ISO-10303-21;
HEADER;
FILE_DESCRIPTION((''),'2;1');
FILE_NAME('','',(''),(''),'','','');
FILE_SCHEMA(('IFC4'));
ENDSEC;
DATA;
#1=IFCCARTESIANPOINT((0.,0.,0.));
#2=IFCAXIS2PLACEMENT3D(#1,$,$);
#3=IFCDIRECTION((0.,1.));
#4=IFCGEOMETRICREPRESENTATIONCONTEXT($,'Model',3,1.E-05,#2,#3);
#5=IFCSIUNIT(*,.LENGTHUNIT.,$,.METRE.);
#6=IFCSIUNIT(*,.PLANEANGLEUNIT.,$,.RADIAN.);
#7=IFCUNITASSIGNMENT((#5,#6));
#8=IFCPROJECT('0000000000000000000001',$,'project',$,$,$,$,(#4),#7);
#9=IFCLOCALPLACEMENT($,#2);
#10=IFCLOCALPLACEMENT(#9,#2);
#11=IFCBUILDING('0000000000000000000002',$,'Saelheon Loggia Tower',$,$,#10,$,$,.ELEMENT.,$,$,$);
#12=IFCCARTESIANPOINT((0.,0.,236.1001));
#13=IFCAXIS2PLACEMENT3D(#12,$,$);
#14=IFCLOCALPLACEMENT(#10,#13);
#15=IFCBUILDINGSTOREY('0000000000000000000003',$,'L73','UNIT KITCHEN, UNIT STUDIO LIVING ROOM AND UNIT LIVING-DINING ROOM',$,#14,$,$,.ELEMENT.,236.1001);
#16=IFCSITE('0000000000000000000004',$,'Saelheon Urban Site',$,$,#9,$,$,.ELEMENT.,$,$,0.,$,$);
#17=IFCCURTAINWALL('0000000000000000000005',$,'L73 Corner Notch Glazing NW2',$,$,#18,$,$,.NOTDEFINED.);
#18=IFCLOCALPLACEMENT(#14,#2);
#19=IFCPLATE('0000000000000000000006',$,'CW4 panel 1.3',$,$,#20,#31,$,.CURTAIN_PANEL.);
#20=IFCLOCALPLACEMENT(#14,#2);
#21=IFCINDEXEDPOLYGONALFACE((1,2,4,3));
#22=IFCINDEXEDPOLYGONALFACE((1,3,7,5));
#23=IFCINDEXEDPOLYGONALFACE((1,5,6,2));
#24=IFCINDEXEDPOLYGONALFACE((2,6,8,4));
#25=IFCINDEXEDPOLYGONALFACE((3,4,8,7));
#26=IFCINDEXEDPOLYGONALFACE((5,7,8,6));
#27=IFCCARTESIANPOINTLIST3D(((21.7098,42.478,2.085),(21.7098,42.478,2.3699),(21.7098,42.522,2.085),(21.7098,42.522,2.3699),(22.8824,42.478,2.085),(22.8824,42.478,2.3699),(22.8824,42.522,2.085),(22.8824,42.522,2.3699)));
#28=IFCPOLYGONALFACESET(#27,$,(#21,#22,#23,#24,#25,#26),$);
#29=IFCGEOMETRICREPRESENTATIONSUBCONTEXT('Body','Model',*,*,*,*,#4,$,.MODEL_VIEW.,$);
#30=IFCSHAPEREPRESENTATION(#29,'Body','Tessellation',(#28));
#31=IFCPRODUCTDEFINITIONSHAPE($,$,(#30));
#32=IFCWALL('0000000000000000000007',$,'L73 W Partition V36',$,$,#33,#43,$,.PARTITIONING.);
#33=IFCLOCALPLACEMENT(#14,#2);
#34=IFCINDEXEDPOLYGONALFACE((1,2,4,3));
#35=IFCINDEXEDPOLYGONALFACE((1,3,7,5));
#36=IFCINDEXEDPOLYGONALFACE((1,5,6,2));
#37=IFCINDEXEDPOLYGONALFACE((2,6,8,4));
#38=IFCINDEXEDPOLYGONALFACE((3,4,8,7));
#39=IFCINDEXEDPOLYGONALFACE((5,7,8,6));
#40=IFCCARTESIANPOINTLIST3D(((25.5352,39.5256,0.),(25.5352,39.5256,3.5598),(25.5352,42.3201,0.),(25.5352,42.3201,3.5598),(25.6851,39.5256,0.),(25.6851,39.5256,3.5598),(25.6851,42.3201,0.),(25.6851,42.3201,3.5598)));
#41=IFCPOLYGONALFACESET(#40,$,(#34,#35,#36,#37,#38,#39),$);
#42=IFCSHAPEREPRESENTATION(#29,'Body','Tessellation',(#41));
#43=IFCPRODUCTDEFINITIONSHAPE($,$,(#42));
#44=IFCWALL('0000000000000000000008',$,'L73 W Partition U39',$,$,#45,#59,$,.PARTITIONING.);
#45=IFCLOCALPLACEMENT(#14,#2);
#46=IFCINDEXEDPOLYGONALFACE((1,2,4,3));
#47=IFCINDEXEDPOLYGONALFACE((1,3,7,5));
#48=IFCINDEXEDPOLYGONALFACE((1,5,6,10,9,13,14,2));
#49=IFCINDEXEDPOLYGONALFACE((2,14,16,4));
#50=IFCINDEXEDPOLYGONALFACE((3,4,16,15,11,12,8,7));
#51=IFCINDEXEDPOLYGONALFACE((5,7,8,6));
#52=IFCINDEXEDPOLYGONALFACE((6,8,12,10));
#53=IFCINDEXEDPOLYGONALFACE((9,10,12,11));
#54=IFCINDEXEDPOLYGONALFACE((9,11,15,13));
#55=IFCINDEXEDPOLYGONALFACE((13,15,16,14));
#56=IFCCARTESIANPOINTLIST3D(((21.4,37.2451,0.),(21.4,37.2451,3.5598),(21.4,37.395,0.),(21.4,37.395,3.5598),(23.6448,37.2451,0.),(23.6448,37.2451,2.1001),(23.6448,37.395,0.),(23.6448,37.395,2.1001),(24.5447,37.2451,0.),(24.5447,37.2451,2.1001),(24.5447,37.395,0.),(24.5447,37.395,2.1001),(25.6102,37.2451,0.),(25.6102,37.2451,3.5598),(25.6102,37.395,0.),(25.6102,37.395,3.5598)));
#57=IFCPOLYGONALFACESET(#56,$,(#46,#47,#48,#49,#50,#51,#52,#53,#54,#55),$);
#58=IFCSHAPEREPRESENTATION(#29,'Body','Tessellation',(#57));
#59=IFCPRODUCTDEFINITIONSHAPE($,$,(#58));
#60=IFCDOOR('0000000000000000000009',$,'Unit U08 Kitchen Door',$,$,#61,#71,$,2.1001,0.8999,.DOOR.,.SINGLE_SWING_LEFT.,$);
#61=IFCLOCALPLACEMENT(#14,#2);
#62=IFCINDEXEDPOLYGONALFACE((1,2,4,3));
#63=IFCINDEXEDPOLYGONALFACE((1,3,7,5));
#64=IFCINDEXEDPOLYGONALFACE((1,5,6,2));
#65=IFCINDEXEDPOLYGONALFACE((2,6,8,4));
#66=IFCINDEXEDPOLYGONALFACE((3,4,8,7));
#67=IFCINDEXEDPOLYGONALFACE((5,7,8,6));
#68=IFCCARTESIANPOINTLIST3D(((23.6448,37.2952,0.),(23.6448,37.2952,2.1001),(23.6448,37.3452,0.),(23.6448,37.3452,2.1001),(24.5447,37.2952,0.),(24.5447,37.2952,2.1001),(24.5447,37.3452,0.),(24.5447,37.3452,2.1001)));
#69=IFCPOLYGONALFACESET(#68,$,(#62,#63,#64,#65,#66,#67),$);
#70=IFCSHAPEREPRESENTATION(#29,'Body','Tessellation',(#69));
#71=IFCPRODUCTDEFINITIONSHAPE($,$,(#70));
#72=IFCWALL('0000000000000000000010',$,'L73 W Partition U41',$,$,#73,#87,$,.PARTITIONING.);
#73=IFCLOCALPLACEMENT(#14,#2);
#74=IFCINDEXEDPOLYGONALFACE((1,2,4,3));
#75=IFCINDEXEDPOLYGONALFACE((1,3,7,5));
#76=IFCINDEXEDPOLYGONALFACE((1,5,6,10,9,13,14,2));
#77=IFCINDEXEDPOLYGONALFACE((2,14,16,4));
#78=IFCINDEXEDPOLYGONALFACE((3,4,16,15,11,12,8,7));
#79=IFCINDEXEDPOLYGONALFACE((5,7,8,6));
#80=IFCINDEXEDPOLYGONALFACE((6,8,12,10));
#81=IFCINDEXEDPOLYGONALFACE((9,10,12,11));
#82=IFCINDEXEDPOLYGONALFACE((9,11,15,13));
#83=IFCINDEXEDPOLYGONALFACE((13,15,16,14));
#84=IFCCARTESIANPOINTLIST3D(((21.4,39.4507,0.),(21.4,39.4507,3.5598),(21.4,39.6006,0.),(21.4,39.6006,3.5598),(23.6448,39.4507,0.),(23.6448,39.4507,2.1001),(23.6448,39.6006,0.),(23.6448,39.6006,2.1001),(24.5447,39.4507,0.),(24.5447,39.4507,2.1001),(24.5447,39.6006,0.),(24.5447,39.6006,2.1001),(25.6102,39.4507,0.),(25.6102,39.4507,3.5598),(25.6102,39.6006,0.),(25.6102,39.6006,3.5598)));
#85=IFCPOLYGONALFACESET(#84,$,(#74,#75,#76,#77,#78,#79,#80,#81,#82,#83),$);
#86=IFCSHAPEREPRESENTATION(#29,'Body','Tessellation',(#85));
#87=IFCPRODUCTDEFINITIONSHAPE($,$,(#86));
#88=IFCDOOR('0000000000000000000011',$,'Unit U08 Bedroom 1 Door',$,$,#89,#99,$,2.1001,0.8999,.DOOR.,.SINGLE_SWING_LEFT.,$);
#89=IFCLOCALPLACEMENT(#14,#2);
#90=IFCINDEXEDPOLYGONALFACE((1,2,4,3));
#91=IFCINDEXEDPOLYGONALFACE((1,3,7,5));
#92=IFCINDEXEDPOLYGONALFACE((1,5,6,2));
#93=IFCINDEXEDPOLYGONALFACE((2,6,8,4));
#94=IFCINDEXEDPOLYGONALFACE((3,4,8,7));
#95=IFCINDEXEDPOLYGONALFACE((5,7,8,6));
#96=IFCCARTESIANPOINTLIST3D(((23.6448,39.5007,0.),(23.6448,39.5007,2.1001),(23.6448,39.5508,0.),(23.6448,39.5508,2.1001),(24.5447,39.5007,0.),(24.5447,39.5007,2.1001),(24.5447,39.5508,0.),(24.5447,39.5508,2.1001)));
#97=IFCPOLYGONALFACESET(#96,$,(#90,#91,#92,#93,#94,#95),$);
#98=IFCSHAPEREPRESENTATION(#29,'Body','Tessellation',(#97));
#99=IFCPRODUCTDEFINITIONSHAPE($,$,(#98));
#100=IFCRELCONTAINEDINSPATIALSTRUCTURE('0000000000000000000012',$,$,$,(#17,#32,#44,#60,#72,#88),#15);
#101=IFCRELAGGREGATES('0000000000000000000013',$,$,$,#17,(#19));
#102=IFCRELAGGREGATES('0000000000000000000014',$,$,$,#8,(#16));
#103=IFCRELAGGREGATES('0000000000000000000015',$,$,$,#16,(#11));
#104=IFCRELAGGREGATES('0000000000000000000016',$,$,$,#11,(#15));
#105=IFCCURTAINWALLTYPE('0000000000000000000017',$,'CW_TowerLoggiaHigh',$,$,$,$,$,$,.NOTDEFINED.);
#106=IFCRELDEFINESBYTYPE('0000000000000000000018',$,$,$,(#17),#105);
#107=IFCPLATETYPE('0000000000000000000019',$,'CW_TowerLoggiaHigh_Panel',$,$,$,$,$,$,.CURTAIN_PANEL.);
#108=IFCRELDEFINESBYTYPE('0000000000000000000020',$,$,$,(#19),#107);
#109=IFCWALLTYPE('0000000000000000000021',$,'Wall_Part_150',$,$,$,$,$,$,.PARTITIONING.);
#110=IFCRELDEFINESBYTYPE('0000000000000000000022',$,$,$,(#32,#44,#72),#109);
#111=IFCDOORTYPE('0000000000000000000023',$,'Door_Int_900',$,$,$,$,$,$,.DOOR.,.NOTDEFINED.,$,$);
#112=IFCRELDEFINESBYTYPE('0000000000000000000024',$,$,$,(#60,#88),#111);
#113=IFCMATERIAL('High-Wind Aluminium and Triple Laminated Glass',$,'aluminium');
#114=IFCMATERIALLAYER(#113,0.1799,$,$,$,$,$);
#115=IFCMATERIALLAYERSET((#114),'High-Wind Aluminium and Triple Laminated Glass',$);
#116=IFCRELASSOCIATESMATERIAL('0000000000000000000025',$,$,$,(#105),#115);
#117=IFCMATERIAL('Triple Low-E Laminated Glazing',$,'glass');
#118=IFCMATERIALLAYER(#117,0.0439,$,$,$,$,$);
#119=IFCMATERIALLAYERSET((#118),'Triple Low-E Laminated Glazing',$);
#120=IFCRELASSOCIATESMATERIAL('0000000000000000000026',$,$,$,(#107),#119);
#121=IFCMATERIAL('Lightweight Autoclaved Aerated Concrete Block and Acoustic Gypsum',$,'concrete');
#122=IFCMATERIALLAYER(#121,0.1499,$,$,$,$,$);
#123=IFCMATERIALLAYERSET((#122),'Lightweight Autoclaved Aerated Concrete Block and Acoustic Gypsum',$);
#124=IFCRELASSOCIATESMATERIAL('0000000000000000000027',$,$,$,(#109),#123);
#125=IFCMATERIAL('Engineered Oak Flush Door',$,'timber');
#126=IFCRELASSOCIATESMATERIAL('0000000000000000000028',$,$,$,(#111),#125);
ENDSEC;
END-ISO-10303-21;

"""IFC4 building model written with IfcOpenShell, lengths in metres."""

from ifc_helpers import new_model, si_unit, direction, frame, frame_2d, origin, origin_2d, place, context, subcontext, project, spatial, rectangle, extrude, source, transform, mapped, material, layer, layer_set, type_object, element, fill, aggregate, save


model = new_model("IFC4")

# Units and contexts
model_context = context("Model", 3, precision=1e-05, world=origin(), true_north=direction((0.0, 1.0)))
body_context = subcontext(model_context, "Body", "Model", "MODEL_VIEW")
ifc_project = project(units=[si_unit("LENGTHUNIT", "METRE"), si_unit("PLANEANGLEUNIT", "RADIAN")], contexts=[model_context])

# Site, building, storey
site_placement = place(None, origin())
site = spatial("IfcSite", under=ifc_project, at=site_placement, Name="Saelheon Urban Site", CompositionType="ELEMENT", RefElevation=0.0)
building_placement = place(site_placement, origin())
building = spatial("IfcBuilding", under=site, at=building_placement, Name="Saelheon Loggia Tower", CompositionType="ELEMENT")
storey_placement = place(building_placement, frame((0.0, 0.0, 236.1001)))
storey = spatial("IfcBuildingStorey", under=building, at=storey_placement, Name="L73", Description="UNIT KITCHEN, UNIT STUDIO LIVING ROOM AND UNIT LIVING-DINING ROOM", CompositionType="ELEMENT", Elevation=236.1001)

# Curtain wall, plate
ifc_material_1 = material(Name="High-Wind Aluminium and Triple Laminated Glass", Category="aluminium")
ifc_layer_1 = layer(ifc_material_1, 0.1799)
ifc_layer_set_1 = layer_set([ifc_layer_1], Name="High-Wind Aluminium and Triple Laminated Glass")
curtain_wall_type = type_object("IfcCurtainWallType", Name="CW_TowerLoggiaHigh", PredefinedType="NOTDEFINED", material=ifc_layer_set_1)
curtain_wall_placement = place(storey_placement, origin())
curtain_wall = element("IfcCurtainWall", 1, at=curtain_wall_placement, inside=storey, type_object=curtain_wall_type, Name="L73 Corner Notch Glazing NW2", PredefinedType="NOTDEFINED")
ifc_material_2 = material(Name="Triple Low-E Laminated Glazing", Category="glass")
ifc_layer_2 = layer(ifc_material_2, 0.0439)
ifc_layer_set_2 = layer_set([ifc_layer_2], Name="Triple Low-E Laminated Glazing")
plate_type = type_object("IfcPlateType", Name="CW_TowerLoggiaHigh_Panel", PredefinedType="CURTAIN_PANEL", material=ifc_layer_set_2)
shared_shape_1 = source(origin(), body_context, "Body", "SweptSolid", [
    extrude(rectangle(XDim=1.1726, YDim=0.0439, at=origin_2d()), origin(), (0.0, 0.0, 1.0), 0.2849),
])
plate_1_placement = place(storey_placement, frame((22.2961, 42.5, 2.085), z_axis=(0.0, 0.0, 1.0), x_axis=(1.0, 0.0, 0.0)))
plate_1 = element("IfcPlate", 2, at=plate_1_placement, type_object=plate_type, Name="CW4 panel 1.3", PredefinedType="CURTAIN_PANEL", context=body_context, shape_type="MappedRepresentation", body=[
    mapped(shared_shape_1, transform((0.0, 0.0, 0.0), scale=1.0)),
])
aggregate(curtain_wall, [plate_1])

# Wall
ifc_material_3 = material(Name="Lightweight Autoclaved Aerated Concrete Block and Acoustic Gypsum", Category="concrete")
ifc_layer_3 = layer(ifc_material_3, 0.1499)
ifc_layer_set_3 = layer_set([ifc_layer_3], Name="Lightweight Autoclaved Aerated Concrete Block and Acoustic Gypsum")
wall_type = type_object("IfcWallType", Name="Wall_Part_150", PredefinedType="PARTITIONING", material=ifc_layer_set_3)
wall_1_placement = place(storey_placement, frame((25.6101, 39.5256, 0.0), z_axis=(0.0, 0.0, 1.0), x_axis=(0.0, 1.0, 0.0)))
element("IfcWall", 3, at=wall_1_placement, inside=storey, type_object=wall_type, Name="L73 W Partition V36", PredefinedType="PARTITIONING", context=body_context, shape_type="SweptSolid", body=[
    extrude(rectangle(XDim=2.7944, YDim=0.1499, at=frame_2d((1.3972, 0.0))), origin(), (0.0, 0.0, 1.0), 3.5598),
])

# Walls, openings, doors
wall_2_placement = place(storey_placement, frame((25.6101, 37.3201, 0.0), z_axis=(0.0, 0.0, 1.0), x_axis=(-1.0, 0.0, 0.0)))
wall_2 = element("IfcWall", 4, at=wall_2_placement, inside=storey, type_object=wall_type, Name="L73 W Partition U39", PredefinedType="PARTITIONING", context=body_context, shape_type="SweptSolid", body=[
    extrude(rectangle(XDim=4.2102, YDim=0.1499, at=frame_2d((2.105, 0.0))), origin(), (0.0, 0.0, 1.0), 3.5598),
])
opening_1_placement = place(wall_2_placement, frame((1.0654, 0.0, 0.0)))
opening_1 = element("IfcOpeningElement", 5, at=opening_1_placement, cuts=wall_2, PredefinedType="OPENING", context=body_context, shape_type="SweptSolid", body=[
    extrude(rectangle(XDim=0.8999, YDim=2.1001, at=frame_2d((0.45, 1.05))), frame((0.0, 0.0869, 0.0), z_axis=(0.0, -1.0, 0.0), x_axis=(1.0, 0.0, 0.0)), (0.0, 0.0, 1.0), 0.1738),
])
ifc_material_4 = material(Name="Engineered Oak Flush Door", Category="timber")
door_type = type_object("IfcDoorType", Name="Door_Int_900", OperationType="NOTDEFINED", PredefinedType="DOOR", material=ifc_material_4)
shared_shape_2 = source(origin(), body_context, "Body", "SweptSolid", [
    extrude(rectangle(XDim=0.8999, YDim=2.1001, at=frame_2d((0.45, 1.05))), frame((0.0, 0.0249, 0.0), z_axis=(0.0, -1.0, 0.0), x_axis=(1.0, 0.0, 0.0)), (0.0, 0.0, 1.0), 0.05),
])
door_1_placement = place(opening_1_placement, origin())
door_1 = element("IfcDoor", 6, at=door_1_placement, inside=storey, type_object=door_type, Name="Unit U08 Kitchen Door", OperationType="SINGLE_SWING_LEFT", OverallHeight=2.1001, OverallWidth=0.8999, PredefinedType="DOOR", context=body_context, shape_type="MappedRepresentation", body=[
    mapped(shared_shape_2, transform((0.0, 0.0, 0.0), scale=1.0)),
])
fill(opening_1, door_1)
wall_3_placement = place(storey_placement, frame((25.6101, 39.5256, 0.0), z_axis=(0.0, 0.0, 1.0), x_axis=(-1.0, 0.0, 0.0)))
wall_3 = element("IfcWall", 7, at=wall_3_placement, inside=storey, type_object=wall_type, Name="L73 W Partition U41", PredefinedType="PARTITIONING", context=body_context, shape_type="SweptSolid", body=[
    extrude(rectangle(XDim=4.2102, YDim=0.1499, at=frame_2d((2.105, 0.0))), origin(), (0.0, 0.0, 1.0), 3.5598),
])
opening_2_placement = place(wall_3_placement, frame((1.0654, 0.0, 0.0)))
opening_2 = element("IfcOpeningElement", 8, at=opening_2_placement, cuts=wall_3, PredefinedType="OPENING", context=body_context, shape_type="SweptSolid", body=[
    extrude(rectangle(XDim=0.8999, YDim=2.1001, at=frame_2d((0.45, 1.05))), frame((0.0, 0.0869, 0.0), z_axis=(0.0, -1.0, 0.0), x_axis=(1.0, 0.0, 0.0)), (0.0, 0.0, 1.0), 0.1738),
])
door_2_placement = place(opening_2_placement, origin())
door_2 = element("IfcDoor", 9, at=door_2_placement, inside=storey, type_object=door_type, Name="Unit U08 Bedroom 1 Door", OperationType="SINGLE_SWING_LEFT", OverallHeight=2.1001, OverallWidth=0.8999, PredefinedType="DOOR", context=body_context, shape_type="MappedRepresentation", body=[
    mapped(shared_shape_2, transform((0.0, 0.0, 0.0), scale=1.0)),
])
fill(opening_2, door_2)

save(model, "model.ifc")
